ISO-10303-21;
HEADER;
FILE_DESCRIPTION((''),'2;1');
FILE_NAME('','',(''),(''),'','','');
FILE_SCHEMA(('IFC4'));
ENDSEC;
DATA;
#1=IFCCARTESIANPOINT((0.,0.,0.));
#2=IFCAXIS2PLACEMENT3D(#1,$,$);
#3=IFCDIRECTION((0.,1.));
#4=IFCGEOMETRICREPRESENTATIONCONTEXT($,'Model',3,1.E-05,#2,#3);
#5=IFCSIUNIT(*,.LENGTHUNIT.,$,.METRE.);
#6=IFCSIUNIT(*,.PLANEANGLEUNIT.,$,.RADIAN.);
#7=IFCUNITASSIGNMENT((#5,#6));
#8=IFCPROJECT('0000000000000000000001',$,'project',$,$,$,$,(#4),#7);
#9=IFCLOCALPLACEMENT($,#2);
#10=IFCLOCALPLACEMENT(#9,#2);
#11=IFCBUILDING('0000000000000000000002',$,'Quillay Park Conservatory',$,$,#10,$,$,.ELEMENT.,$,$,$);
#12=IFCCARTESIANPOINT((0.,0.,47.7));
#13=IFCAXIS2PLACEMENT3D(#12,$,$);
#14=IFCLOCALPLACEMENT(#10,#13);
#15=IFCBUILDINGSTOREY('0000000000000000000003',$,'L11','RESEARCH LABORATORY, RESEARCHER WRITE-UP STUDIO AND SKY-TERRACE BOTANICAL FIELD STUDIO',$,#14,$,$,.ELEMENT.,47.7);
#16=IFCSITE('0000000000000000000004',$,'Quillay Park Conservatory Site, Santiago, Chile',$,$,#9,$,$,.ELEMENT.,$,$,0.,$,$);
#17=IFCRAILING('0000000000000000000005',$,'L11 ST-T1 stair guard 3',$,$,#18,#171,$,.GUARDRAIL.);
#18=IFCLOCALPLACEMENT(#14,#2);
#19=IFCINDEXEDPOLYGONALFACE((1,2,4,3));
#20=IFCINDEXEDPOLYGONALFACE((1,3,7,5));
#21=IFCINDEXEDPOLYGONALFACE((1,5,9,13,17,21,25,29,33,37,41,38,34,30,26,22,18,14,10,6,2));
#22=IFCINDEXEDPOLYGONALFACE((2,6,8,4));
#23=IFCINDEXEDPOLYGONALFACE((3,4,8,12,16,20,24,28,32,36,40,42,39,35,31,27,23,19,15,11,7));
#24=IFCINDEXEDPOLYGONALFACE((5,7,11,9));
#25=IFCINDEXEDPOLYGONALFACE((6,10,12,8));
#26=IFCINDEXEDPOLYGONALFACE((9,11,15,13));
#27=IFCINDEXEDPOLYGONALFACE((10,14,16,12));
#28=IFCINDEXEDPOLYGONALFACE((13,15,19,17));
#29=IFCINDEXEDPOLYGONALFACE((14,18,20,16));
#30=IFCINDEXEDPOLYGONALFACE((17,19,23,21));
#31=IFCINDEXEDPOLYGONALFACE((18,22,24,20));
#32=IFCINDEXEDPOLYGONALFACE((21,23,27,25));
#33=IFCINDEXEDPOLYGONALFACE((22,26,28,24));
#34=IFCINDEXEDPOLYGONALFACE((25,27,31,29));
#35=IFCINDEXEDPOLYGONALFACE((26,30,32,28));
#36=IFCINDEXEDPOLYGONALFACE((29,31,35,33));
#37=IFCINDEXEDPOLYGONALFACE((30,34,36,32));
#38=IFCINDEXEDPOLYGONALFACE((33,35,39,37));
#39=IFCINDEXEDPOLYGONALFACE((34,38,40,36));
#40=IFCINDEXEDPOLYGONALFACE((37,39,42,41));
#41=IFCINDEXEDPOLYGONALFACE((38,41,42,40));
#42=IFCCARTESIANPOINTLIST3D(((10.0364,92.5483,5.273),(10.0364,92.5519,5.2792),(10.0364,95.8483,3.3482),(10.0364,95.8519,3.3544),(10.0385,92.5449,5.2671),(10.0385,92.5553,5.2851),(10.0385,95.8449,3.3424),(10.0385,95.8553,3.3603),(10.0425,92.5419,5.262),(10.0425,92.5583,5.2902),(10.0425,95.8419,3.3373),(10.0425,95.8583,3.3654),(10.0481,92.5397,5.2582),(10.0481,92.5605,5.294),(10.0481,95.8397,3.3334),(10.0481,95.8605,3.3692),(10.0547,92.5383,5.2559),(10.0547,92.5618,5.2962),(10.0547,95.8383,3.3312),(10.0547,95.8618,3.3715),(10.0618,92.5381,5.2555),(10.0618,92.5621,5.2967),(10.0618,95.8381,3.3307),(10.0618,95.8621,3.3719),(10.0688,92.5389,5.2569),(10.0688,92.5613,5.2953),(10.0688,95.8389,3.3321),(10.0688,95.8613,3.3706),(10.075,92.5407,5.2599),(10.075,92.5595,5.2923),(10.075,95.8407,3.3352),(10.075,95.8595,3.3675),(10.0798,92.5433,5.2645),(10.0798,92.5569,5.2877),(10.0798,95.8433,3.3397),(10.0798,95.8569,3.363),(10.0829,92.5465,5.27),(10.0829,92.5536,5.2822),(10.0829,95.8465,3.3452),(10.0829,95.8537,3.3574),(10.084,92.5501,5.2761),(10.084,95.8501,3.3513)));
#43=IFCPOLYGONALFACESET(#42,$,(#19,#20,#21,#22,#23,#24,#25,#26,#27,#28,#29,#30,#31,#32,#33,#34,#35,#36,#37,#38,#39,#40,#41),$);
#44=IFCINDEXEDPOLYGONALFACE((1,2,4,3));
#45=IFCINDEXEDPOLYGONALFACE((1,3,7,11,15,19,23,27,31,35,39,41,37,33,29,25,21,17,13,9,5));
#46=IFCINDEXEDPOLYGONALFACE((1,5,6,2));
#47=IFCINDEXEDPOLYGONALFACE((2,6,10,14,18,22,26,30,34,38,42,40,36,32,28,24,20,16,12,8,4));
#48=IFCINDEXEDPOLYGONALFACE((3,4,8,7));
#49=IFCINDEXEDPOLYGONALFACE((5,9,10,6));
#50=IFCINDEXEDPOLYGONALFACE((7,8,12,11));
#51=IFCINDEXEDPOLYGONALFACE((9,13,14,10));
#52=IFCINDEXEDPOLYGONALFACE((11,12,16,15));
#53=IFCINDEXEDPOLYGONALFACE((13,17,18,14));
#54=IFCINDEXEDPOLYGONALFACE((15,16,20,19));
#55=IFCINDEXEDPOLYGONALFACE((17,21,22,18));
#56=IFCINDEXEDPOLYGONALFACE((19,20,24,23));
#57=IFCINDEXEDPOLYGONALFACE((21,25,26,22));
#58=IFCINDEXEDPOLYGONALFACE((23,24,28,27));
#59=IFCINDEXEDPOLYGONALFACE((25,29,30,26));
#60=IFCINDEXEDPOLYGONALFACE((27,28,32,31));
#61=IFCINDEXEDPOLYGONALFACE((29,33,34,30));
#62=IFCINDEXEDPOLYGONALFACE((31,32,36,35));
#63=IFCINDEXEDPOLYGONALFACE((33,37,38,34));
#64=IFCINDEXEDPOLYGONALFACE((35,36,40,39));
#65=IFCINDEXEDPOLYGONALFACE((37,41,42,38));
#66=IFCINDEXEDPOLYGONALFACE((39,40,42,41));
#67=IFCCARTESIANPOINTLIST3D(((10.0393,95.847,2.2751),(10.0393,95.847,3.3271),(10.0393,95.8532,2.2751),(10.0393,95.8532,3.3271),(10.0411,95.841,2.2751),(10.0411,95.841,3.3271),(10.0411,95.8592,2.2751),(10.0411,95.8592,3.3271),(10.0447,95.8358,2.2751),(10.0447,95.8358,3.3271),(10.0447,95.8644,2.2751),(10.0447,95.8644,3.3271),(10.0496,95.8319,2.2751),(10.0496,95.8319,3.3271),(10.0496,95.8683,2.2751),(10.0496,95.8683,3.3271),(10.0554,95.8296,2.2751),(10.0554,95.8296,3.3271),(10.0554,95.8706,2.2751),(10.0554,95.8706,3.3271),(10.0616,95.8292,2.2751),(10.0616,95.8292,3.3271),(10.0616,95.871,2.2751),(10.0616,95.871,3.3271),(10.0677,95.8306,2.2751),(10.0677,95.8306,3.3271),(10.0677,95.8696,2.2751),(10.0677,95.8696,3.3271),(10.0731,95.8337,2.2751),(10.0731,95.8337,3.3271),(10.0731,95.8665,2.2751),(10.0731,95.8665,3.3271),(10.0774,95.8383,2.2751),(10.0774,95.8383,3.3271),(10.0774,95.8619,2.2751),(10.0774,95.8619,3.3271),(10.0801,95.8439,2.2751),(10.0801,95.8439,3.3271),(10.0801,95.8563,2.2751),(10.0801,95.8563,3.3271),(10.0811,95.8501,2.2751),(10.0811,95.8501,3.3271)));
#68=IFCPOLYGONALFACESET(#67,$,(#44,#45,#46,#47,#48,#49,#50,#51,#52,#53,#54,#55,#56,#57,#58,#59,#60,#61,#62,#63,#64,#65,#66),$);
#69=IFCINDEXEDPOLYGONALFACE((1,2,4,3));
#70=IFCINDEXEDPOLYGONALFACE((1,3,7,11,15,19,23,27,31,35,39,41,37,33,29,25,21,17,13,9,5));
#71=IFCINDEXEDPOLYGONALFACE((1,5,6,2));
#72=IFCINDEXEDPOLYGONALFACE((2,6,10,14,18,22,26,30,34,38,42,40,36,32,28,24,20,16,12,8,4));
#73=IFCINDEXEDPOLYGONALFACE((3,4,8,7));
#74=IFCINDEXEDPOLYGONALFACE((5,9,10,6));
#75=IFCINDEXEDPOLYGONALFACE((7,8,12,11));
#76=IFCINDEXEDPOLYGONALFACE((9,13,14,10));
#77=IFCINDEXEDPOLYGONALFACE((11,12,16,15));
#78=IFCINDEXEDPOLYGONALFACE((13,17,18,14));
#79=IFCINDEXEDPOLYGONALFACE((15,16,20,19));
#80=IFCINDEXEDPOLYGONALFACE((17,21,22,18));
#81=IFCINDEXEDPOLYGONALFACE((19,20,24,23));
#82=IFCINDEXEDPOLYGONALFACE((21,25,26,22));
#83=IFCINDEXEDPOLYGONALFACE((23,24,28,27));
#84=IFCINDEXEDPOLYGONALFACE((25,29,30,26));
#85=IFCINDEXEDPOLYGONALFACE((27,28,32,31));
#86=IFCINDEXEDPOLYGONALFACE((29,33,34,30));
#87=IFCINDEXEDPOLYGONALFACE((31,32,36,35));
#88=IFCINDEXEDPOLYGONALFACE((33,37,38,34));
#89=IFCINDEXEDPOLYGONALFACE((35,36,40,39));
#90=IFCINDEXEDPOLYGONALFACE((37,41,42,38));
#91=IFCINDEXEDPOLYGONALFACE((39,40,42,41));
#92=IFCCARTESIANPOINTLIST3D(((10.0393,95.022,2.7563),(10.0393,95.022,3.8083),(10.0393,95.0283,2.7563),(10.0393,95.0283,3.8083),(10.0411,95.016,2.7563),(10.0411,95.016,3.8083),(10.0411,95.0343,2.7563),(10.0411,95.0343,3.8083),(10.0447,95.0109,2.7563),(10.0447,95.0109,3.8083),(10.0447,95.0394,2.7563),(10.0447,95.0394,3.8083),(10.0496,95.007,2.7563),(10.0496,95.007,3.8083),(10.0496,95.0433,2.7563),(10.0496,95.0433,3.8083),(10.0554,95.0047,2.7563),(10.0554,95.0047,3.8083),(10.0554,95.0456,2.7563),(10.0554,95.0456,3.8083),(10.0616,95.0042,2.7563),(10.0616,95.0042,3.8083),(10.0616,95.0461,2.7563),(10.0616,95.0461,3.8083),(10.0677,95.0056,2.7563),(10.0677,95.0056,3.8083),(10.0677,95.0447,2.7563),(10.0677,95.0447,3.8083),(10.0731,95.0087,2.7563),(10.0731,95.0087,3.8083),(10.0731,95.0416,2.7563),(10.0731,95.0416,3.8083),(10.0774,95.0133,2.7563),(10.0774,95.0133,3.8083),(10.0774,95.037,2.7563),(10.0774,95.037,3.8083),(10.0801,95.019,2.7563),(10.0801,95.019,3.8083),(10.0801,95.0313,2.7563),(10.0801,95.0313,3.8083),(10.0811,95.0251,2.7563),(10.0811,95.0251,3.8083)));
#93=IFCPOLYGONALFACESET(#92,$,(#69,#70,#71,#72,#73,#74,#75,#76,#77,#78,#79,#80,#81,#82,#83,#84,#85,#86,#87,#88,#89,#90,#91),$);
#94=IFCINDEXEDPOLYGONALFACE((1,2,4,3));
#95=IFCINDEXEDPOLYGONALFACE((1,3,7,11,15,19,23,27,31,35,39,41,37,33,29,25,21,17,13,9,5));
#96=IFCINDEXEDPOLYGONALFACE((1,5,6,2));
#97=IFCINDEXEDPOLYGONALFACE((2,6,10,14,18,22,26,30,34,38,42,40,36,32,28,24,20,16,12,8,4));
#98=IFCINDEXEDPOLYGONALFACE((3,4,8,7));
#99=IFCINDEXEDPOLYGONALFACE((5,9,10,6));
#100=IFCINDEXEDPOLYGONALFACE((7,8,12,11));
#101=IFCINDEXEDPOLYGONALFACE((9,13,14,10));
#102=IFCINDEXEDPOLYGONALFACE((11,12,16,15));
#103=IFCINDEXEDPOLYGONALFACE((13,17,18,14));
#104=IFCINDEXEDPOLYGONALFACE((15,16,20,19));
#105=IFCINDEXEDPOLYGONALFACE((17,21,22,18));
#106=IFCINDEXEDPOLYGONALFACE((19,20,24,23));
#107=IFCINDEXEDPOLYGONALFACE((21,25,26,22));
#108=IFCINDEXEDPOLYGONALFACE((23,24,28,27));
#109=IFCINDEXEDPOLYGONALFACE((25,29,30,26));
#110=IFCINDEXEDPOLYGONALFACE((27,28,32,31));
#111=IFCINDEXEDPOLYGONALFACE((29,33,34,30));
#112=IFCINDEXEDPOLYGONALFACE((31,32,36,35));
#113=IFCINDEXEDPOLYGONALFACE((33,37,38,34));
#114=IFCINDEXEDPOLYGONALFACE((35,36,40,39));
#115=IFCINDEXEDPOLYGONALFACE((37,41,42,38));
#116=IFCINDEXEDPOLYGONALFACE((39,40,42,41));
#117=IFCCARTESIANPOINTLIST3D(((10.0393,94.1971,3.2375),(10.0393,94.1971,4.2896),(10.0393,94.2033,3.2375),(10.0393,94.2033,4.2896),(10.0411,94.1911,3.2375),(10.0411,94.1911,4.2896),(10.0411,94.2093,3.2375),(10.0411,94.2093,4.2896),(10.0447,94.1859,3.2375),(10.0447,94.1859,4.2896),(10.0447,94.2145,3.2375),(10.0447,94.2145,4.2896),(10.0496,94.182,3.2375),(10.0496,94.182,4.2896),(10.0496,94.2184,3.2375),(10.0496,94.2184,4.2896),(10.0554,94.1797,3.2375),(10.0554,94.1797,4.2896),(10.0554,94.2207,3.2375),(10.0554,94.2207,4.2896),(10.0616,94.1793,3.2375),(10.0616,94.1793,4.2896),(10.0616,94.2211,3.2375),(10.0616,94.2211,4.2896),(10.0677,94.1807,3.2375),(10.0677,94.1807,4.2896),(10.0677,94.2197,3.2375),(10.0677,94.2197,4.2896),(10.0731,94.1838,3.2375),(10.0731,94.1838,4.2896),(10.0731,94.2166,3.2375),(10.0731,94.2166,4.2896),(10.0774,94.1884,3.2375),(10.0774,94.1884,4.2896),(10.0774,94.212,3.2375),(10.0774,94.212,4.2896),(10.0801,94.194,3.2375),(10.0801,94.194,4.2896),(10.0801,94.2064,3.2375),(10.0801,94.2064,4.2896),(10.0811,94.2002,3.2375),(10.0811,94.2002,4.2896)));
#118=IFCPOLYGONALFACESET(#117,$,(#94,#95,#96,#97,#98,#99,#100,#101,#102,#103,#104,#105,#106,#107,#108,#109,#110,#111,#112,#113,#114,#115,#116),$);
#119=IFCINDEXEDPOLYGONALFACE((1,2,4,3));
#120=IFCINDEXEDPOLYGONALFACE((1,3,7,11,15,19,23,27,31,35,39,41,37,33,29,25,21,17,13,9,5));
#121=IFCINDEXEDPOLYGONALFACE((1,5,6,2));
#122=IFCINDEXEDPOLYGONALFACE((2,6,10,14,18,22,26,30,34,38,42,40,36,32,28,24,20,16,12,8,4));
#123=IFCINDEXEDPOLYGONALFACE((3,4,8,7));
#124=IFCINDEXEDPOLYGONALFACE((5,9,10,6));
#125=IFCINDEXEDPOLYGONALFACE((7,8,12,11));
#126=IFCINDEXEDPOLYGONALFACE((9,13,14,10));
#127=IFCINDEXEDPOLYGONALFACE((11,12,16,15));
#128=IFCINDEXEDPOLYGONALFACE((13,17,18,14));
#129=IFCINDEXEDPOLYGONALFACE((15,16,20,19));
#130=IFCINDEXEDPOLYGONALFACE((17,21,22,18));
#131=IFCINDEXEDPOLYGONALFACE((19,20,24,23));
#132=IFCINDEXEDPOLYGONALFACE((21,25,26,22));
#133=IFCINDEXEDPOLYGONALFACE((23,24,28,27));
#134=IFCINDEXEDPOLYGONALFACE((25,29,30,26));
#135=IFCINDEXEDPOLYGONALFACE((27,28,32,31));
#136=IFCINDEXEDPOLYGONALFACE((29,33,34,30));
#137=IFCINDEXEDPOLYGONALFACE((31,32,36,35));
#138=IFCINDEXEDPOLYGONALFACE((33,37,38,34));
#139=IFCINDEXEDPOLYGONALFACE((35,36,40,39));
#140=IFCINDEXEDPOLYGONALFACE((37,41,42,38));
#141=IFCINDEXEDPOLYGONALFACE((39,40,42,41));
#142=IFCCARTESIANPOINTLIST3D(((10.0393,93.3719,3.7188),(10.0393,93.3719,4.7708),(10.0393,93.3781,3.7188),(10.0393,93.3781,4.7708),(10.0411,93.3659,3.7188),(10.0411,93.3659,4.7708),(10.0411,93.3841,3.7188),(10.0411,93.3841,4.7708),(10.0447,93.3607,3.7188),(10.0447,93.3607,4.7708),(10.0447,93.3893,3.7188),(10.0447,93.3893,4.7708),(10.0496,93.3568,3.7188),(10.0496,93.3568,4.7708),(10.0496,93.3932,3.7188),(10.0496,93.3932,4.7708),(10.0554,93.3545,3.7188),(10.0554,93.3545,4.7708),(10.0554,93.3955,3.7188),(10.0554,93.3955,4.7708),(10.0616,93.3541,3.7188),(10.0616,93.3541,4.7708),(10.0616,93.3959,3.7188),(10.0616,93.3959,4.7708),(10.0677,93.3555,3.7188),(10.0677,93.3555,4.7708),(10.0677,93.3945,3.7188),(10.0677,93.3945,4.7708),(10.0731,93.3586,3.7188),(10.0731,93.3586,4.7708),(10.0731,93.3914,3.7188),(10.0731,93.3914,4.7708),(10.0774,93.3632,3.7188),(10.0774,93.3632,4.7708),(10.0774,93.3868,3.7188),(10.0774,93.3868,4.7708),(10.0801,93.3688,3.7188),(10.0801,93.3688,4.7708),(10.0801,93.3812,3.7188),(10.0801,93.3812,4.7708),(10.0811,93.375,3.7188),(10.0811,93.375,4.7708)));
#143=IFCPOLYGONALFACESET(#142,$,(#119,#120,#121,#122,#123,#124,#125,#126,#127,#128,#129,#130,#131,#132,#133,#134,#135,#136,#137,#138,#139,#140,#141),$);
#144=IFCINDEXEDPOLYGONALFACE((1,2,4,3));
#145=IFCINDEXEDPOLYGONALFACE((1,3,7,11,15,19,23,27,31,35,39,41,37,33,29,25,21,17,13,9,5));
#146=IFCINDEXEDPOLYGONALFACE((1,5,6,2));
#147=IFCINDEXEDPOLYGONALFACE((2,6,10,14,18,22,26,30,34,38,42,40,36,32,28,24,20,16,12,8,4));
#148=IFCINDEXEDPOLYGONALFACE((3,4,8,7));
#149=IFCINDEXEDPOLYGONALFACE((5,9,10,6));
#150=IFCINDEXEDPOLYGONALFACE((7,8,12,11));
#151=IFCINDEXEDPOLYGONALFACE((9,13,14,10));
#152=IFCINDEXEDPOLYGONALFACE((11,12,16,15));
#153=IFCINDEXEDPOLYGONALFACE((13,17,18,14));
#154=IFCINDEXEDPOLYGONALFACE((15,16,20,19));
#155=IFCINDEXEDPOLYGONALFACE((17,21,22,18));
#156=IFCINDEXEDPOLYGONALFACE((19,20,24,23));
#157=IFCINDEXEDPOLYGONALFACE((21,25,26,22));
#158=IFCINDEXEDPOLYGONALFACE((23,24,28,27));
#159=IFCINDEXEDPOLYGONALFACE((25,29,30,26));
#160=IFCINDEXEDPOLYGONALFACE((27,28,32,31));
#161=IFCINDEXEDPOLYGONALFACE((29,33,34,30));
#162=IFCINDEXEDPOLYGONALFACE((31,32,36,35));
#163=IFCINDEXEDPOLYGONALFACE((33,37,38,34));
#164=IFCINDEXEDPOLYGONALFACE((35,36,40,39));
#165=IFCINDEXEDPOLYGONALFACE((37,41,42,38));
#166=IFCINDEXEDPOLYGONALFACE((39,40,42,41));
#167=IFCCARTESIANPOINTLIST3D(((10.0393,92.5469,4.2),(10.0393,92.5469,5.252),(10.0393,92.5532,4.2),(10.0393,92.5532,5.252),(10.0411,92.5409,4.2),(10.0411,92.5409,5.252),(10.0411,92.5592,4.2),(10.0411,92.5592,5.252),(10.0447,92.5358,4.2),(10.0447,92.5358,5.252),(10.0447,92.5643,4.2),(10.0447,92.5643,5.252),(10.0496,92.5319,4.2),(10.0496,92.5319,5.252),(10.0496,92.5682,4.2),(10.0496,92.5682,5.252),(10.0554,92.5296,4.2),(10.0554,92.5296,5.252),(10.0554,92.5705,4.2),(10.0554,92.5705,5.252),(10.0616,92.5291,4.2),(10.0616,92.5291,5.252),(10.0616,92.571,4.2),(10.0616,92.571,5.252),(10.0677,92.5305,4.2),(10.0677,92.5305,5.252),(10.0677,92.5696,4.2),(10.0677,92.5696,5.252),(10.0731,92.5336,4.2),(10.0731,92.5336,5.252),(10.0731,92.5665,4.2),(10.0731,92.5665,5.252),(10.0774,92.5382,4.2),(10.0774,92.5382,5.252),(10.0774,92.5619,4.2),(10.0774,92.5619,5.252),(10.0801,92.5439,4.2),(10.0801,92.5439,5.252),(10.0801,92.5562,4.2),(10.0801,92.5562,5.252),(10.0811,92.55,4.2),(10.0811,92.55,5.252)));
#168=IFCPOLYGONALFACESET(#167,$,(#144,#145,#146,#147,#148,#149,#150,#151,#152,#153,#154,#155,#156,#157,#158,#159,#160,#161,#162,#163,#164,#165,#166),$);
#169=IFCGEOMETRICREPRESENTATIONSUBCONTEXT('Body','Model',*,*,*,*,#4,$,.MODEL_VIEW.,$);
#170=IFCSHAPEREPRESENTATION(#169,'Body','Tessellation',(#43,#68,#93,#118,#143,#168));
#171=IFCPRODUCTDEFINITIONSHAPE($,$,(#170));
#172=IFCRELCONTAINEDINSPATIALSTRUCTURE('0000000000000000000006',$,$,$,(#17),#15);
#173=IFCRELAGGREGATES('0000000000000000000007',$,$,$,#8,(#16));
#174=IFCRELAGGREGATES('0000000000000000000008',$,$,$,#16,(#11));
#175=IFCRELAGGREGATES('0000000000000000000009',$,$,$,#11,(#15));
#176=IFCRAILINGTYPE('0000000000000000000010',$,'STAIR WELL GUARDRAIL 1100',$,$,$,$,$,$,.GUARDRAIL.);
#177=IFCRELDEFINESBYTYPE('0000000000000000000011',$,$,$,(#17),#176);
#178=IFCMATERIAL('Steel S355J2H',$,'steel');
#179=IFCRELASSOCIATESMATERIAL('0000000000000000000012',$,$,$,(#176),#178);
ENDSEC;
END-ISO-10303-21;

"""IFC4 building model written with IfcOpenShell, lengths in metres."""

from ifc_helpers import new_model, si_unit, direction, frame, origin, origin_2d, place, context, subcontext, project, spatial, circle, extrude, material, type_object, element, save


model = new_model("IFC4")

# Units and contexts
model_context = context("Model", 3, precision=1e-05, world=origin(), true_north=direction((0.0, 1.0)))
body_context = subcontext(model_context, "Body", "Model", "MODEL_VIEW")
ifc_project = project(units=[si_unit("LENGTHUNIT", "METRE"), si_unit("PLANEANGLEUNIT", "RADIAN")], contexts=[model_context])

# Site, building, storey
site_placement = place(None, origin())
site = spatial("IfcSite", under=ifc_project, at=site_placement, Name="Quillay Park Conservatory Site, Santiago, Chile", CompositionType="ELEMENT", RefElevation=0.0)
building_placement = place(site_placement, origin())
building = spatial("IfcBuilding", under=site, at=building_placement, Name="Quillay Park Conservatory", CompositionType="ELEMENT")
storey_placement = place(building_placement, frame((0.0, 0.0, 47.7)))
storey = spatial("IfcBuildingStorey", under=building, at=storey_placement, Name="L11", Description="RESEARCH LABORATORY, RESEARCHER WRITE-UP STUDIO AND SKY-TERRACE BOTANICAL FIELD STUDIO", CompositionType="ELEMENT", Elevation=47.7)

# Railing
ifc_material_1 = material(Name="Steel S355J2H", Category="steel")
railing_type_1 = type_object("IfcRailingType", Name="STAIR WELL GUARDRAIL 1100", PredefinedType="GUARDRAIL", material=ifc_material_1)
railing_1_placement = place(storey_placement, frame((10.0601, 95.8501, 2.2751)))
element("IfcRailing", 1, at=railing_1_placement, inside=storey, type_object=railing_type_1, Name="L11 ST-T1 stair guard 3", PredefinedType="GUARDRAIL", context=body_context, shape_type="SweptSolid", body=[
    extrude(circle(Radius=0.0239, at=origin_2d()), frame((0.0, 0.0, 1.0762), z_axis=(0.0, -0.863804, 0.503827), x_axis=(1.0, 0.0, 0.0)), (0.0, 0.0, 1.0), 3.8203),
    extrude(circle(Radius=0.021, at=origin_2d()), origin(), (0.0, 0.0, 1.0), 1.052),
    extrude(circle(Radius=0.021, at=origin_2d()), frame((0.0, -0.825, 0.4812)), (0.0, 0.0, 1.0), 1.052),
    extrude(circle(Radius=0.021, at=origin_2d()), frame((0.0, -1.6499, 0.9624)), (0.0, 0.0, 1.0), 1.052),
    extrude(circle(Radius=0.021, at=origin_2d()), frame((0.0, -2.4751, 1.4436)), (0.0, 0.0, 1.0), 1.052),
    extrude(circle(Radius=0.021, at=origin_2d()), frame((0.0, -3.3, 1.9248)), (0.0, 0.0, 1.0), 1.052),
])

save(model, "model.ifc")
